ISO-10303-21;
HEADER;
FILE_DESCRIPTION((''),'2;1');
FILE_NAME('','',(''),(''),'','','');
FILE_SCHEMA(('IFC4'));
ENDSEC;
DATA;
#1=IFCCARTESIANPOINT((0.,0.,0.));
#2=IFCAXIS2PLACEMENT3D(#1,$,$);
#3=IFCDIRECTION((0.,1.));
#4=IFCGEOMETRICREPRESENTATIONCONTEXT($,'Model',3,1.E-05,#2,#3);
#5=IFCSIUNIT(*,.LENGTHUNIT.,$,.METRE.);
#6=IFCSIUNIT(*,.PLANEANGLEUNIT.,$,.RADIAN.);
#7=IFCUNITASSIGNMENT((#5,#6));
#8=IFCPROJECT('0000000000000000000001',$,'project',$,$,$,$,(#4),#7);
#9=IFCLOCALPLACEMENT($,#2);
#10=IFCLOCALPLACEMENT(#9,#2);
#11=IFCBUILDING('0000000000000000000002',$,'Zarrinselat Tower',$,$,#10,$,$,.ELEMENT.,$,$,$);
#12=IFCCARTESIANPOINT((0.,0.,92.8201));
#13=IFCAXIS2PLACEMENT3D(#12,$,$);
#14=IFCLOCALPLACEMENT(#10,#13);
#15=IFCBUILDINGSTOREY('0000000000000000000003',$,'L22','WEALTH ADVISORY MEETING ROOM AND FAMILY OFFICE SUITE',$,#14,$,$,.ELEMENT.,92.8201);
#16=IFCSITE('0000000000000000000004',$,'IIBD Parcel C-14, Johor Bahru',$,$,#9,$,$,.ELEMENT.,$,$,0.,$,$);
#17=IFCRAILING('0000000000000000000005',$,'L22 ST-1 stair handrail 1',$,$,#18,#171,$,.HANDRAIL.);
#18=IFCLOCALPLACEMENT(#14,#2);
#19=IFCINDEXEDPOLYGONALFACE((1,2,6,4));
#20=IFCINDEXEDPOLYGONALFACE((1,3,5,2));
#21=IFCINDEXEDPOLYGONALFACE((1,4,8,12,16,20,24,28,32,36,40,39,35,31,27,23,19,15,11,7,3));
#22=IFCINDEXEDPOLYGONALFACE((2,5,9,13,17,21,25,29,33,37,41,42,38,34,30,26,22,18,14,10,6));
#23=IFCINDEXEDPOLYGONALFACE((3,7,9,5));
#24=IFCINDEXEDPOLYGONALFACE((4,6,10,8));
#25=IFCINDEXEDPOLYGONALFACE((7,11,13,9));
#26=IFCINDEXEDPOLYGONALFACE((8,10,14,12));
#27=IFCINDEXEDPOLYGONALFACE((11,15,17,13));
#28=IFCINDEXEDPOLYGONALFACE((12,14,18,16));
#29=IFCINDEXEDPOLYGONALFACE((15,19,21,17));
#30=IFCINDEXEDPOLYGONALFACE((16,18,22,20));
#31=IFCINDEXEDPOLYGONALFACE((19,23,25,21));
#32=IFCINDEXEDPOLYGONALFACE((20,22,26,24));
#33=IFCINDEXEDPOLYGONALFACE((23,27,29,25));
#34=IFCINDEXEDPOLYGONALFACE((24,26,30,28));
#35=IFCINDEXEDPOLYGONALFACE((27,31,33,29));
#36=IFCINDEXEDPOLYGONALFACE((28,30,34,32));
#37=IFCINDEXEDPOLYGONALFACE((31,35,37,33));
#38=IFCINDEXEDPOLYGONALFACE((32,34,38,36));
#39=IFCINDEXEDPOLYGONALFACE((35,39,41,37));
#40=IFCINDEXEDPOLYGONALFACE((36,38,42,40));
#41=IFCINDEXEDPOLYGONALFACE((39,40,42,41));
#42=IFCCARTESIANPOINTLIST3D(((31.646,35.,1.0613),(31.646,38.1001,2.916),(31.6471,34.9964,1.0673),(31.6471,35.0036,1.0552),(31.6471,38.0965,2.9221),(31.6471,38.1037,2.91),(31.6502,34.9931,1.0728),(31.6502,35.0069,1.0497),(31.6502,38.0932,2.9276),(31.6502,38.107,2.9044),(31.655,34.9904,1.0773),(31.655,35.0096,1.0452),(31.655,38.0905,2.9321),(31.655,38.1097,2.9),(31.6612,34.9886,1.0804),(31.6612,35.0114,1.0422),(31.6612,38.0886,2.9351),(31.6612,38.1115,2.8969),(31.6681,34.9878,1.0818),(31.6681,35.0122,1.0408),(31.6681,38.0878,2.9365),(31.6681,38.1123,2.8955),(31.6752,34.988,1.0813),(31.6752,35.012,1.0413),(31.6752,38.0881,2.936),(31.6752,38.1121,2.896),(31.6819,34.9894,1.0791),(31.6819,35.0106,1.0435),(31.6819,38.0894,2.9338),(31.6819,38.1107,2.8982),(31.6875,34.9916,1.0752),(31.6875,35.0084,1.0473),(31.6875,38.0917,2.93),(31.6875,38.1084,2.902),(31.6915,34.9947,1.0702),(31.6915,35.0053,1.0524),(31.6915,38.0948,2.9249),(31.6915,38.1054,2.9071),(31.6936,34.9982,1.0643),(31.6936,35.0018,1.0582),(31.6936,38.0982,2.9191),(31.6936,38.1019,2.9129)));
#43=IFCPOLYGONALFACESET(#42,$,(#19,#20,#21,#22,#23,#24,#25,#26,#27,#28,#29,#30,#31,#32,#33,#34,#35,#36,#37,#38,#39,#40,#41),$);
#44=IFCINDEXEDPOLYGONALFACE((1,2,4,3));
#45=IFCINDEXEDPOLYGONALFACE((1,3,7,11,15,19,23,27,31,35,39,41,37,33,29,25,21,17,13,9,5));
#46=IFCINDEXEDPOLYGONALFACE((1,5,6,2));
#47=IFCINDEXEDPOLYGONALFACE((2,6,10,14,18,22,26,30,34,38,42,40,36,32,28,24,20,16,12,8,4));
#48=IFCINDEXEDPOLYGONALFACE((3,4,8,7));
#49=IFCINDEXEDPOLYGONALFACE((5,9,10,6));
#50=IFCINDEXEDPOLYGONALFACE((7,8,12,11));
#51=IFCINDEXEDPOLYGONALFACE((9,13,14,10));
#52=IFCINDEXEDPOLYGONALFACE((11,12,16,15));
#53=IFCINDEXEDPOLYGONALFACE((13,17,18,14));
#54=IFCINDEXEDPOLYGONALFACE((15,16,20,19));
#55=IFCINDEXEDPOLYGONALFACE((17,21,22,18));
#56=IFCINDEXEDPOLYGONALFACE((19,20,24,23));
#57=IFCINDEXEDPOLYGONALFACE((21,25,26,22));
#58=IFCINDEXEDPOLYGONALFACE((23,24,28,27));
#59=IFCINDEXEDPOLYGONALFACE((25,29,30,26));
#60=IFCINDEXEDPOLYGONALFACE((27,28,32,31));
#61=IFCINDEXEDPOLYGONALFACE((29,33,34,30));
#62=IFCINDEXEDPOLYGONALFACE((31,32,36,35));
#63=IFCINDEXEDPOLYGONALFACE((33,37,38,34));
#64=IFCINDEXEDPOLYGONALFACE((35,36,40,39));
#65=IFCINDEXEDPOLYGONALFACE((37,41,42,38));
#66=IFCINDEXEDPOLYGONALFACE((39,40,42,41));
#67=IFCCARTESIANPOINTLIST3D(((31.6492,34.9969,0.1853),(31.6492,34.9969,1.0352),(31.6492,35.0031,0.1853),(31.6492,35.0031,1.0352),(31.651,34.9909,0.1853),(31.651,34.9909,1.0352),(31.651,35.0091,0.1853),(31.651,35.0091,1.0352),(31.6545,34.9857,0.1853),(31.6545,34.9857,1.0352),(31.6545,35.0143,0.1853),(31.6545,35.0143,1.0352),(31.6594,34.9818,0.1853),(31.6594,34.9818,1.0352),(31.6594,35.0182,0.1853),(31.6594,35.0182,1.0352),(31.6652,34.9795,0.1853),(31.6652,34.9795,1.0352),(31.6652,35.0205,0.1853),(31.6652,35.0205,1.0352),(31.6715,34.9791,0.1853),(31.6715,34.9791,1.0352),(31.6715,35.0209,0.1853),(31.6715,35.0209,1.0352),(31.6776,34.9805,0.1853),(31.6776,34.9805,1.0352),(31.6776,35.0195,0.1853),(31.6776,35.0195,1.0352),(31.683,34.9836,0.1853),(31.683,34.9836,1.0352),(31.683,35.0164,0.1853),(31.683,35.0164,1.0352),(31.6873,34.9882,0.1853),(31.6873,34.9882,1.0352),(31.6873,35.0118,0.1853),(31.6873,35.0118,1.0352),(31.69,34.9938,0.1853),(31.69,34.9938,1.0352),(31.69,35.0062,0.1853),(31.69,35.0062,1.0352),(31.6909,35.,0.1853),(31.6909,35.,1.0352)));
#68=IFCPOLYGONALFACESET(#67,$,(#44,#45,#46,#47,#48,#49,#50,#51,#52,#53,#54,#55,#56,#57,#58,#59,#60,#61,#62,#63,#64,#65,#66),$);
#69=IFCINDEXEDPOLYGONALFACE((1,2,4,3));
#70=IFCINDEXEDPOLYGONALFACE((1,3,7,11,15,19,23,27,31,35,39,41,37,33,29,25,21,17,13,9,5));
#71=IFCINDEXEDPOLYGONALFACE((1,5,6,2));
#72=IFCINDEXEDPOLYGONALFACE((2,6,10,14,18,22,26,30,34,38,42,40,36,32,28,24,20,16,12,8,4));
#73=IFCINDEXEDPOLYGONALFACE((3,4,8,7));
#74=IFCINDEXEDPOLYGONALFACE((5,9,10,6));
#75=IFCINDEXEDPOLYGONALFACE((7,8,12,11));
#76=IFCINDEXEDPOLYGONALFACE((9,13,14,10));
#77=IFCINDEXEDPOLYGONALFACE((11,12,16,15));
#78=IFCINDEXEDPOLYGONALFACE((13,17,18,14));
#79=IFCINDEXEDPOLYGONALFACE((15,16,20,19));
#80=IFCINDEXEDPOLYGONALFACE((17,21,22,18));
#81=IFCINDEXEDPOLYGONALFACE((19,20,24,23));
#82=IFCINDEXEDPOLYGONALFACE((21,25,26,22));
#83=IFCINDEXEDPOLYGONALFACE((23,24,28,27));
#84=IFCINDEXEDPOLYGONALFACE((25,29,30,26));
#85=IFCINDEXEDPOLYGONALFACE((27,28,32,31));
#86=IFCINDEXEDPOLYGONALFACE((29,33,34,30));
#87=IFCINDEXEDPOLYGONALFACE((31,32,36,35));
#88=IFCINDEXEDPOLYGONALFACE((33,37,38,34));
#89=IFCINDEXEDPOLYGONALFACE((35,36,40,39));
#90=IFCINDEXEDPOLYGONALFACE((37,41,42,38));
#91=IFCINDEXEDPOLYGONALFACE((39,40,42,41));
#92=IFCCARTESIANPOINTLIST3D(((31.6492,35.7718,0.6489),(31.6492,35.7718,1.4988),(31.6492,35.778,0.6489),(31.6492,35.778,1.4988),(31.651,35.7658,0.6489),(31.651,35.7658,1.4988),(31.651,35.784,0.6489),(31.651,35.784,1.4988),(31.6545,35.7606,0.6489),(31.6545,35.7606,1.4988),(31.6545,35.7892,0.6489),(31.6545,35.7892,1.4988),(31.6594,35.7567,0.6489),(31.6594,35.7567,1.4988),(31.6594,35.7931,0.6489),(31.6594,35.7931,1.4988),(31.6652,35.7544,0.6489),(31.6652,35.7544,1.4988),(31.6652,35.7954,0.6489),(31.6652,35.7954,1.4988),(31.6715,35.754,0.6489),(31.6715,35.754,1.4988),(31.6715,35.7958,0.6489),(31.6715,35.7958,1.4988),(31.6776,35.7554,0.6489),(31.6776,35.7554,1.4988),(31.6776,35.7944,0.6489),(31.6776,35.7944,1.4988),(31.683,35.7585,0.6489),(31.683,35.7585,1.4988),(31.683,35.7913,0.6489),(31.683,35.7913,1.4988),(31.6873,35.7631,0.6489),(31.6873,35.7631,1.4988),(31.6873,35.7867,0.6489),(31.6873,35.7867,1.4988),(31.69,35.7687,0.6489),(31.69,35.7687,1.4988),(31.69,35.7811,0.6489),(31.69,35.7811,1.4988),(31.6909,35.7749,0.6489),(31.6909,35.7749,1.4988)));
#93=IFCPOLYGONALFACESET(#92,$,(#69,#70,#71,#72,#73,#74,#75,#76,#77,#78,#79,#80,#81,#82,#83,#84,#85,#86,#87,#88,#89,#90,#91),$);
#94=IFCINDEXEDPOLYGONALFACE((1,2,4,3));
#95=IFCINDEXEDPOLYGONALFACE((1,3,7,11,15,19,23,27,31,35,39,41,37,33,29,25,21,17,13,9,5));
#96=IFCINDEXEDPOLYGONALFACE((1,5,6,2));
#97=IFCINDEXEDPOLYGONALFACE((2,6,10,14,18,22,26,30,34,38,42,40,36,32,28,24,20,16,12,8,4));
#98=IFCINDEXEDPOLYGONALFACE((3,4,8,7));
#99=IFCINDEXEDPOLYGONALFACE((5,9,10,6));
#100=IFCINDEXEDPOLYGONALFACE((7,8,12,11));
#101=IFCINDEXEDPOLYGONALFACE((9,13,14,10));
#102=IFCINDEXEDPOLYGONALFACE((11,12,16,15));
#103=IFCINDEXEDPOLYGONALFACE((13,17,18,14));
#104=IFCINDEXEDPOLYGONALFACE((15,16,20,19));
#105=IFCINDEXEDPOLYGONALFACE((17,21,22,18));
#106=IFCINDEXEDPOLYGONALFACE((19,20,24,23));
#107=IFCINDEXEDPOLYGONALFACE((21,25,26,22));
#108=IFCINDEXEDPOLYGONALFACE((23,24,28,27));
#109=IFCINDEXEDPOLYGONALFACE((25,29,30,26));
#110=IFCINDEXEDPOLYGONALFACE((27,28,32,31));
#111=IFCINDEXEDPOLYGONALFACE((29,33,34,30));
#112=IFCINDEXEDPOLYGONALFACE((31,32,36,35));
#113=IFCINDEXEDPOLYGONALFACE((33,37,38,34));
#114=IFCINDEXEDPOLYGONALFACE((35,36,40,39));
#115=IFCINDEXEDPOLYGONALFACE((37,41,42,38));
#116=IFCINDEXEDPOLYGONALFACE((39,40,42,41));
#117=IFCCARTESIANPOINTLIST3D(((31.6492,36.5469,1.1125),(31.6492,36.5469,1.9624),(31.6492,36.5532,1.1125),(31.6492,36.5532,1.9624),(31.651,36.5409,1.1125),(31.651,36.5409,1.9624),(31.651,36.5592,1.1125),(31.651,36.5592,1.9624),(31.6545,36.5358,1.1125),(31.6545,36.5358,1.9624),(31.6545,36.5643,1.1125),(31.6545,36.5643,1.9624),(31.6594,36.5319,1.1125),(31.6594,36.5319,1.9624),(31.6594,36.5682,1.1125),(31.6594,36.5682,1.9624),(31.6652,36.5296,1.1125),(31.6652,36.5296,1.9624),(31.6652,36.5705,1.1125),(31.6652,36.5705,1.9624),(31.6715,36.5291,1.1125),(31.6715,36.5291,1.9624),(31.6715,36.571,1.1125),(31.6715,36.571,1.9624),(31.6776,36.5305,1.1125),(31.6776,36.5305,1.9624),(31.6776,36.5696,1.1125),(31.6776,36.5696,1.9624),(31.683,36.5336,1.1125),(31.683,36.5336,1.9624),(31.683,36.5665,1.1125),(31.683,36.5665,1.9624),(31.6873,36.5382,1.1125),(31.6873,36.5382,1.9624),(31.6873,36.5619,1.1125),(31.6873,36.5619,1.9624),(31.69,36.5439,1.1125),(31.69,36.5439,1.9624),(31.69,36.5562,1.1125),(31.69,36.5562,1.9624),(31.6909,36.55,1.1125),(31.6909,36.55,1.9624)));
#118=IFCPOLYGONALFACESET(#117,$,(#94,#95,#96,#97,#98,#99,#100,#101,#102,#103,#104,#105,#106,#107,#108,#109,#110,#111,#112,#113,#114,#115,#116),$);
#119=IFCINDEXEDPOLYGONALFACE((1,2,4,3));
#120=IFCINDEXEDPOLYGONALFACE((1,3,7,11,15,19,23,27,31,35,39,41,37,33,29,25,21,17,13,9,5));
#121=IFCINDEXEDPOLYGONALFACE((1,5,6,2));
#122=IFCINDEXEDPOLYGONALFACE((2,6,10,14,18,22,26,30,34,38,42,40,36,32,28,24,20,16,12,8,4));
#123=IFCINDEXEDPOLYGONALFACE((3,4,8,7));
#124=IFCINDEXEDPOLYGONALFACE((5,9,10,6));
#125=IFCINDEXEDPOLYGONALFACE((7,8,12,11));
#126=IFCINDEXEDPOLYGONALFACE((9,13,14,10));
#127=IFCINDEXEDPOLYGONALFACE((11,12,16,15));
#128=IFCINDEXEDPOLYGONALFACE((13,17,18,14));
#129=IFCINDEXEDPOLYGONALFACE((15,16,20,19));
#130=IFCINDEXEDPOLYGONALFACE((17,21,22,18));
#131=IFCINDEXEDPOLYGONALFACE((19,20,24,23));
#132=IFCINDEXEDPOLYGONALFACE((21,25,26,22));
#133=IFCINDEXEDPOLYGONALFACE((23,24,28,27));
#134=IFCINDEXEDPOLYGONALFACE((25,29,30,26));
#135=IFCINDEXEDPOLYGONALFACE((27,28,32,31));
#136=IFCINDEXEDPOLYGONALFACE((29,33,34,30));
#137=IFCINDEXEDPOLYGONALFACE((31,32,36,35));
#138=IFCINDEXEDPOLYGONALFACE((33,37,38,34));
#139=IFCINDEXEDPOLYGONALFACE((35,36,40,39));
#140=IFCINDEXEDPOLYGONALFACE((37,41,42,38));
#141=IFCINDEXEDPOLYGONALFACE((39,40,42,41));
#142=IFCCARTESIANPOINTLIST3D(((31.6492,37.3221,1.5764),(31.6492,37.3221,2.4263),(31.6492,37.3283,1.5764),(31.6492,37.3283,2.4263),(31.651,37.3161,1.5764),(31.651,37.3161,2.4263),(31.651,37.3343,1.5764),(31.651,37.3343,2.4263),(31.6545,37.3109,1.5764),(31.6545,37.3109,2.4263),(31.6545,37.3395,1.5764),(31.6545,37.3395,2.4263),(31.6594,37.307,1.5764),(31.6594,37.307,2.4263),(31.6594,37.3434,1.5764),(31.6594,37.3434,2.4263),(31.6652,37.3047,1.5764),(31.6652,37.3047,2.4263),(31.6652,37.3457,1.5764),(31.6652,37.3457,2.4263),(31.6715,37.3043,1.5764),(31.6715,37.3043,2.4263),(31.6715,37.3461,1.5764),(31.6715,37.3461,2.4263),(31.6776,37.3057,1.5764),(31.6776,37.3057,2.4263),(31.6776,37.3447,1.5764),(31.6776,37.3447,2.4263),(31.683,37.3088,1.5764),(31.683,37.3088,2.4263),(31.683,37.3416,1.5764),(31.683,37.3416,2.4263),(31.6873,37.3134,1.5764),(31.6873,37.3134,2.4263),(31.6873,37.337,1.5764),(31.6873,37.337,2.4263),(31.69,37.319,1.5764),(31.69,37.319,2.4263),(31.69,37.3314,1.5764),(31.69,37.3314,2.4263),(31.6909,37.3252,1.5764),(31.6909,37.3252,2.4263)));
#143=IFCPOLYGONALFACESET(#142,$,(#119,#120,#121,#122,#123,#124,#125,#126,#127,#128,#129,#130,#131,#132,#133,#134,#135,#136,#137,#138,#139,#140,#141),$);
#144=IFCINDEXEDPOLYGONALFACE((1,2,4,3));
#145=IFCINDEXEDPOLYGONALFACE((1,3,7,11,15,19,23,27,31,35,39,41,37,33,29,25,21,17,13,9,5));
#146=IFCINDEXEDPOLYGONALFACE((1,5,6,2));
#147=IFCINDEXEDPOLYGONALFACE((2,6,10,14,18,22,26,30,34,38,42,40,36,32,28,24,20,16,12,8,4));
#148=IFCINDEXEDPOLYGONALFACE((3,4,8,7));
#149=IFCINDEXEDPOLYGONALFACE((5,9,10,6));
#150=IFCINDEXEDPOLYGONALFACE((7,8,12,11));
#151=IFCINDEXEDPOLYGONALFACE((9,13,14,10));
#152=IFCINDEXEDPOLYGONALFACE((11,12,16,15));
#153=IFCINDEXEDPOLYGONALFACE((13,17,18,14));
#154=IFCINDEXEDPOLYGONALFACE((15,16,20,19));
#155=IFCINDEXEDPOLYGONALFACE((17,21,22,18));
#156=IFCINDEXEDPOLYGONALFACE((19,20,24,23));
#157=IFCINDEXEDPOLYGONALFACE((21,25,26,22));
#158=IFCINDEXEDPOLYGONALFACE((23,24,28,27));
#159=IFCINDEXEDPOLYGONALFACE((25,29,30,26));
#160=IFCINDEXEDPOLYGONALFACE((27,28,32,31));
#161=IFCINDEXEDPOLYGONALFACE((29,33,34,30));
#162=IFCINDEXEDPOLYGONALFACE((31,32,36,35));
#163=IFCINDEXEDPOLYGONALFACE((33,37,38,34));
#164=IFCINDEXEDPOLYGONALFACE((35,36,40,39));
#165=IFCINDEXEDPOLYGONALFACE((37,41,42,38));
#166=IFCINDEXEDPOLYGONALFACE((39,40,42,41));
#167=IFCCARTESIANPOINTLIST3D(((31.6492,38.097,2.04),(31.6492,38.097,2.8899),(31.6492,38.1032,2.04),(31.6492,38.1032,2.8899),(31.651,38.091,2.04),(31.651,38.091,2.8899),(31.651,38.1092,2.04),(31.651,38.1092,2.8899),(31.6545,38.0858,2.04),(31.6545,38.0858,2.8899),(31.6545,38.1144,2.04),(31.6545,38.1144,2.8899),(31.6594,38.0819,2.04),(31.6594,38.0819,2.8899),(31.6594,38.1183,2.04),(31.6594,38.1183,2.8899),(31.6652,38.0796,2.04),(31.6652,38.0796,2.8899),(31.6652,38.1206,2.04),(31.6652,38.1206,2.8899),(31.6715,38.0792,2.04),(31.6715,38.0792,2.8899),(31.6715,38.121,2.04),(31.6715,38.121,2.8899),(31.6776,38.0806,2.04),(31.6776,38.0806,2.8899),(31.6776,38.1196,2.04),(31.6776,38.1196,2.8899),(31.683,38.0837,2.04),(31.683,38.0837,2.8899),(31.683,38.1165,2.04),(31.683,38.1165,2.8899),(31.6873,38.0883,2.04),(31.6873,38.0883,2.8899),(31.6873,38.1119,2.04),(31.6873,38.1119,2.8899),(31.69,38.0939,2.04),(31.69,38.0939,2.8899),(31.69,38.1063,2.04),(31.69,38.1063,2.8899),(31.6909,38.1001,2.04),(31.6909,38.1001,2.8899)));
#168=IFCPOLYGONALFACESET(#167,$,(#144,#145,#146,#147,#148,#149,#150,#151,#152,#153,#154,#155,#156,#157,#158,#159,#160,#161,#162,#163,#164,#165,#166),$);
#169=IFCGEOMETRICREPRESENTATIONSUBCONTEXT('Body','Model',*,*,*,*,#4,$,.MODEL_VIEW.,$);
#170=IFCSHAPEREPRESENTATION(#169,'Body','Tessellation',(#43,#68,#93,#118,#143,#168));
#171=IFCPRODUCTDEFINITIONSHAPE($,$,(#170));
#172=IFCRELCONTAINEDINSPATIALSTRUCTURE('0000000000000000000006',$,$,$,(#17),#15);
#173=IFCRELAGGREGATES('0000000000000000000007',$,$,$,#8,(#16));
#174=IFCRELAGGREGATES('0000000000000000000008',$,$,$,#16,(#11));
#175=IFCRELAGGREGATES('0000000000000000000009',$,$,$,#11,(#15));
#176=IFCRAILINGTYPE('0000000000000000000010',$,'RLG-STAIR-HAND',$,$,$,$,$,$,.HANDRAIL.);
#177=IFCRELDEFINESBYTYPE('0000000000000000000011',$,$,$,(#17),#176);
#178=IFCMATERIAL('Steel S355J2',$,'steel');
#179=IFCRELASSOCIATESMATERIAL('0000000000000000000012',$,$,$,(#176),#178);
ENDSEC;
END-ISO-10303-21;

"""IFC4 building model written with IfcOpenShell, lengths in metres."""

from ifc_helpers import new_model, si_unit, direction, frame, origin, origin_2d, place, context, subcontext, project, spatial, circle, extrude, material, type_object, element, save


model = new_model("IFC4")

# Units and contexts
model_context = context("Model", 3, precision=1e-05, world=origin(), true_north=direction((0.0, 1.0)))
body_context = subcontext(model_context, "Body", "Model", "MODEL_VIEW")
ifc_project = project(units=[si_unit("LENGTHUNIT", "METRE"), si_unit("PLANEANGLEUNIT", "RADIAN")], contexts=[model_context])

# Site, building, storey
site_placement = place(None, origin())
site = spatial("IfcSite", under=ifc_project, at=site_placement, Name="IIBD Parcel C-14, Johor Bahru", CompositionType="ELEMENT", RefElevation=0.0)
building_placement = place(site_placement, origin())
building = spatial("IfcBuilding", under=site, at=building_placement, Name="Zarrinselat Tower", CompositionType="ELEMENT")
storey_placement = place(building_placement, frame((0.0, 0.0, 92.8201)))
storey = spatial("IfcBuildingStorey", under=building, at=storey_placement, Name="L22", Description="WEALTH ADVISORY MEETING ROOM AND FAMILY OFFICE SUITE", CompositionType="ELEMENT", Elevation=92.8201)

# Railing
ifc_material_1 = material(Name="Steel S355J2", Category="steel")
railing_type_1 = type_object("IfcRailingType", Name="RLG-STAIR-HAND", PredefinedType="HANDRAIL", material=ifc_material_1)
railing_1_placement = place(storey_placement, frame((31.6699, 35.0, 0.1853)))
element("IfcRailing", 1, at=railing_1_placement, inside=storey, type_object=railing_type_1, Name="L22 ST-1 stair handrail 1", PredefinedType="HANDRAIL", context=body_context, shape_type="SweptSolid", body=[
    extrude(circle(Radius=0.0239, at=origin_2d()), frame((0.0, 0.0, 0.876), z_axis=(0.0, 0.858142, 0.513412), x_axis=(-1.0, 0.0, 0.0)), (0.0, 0.0, 1.0), 3.6125),
    extrude(circle(Radius=0.021, at=origin_2d()), origin(), (0.0, 0.0, 1.0), 0.8499),
    extrude(circle(Radius=0.021, at=origin_2d()), frame((0.0, 0.7749, 0.4636)), (0.0, 0.0, 1.0), 0.8499),
    extrude(circle(Radius=0.021, at=origin_2d()), frame((0.0, 1.55, 0.9272)), (0.0, 0.0, 1.0), 0.8499),
    extrude(circle(Radius=0.021, at=origin_2d()), frame((0.0, 2.3252, 1.3911)), (0.0, 0.0, 1.0), 0.8499),
    extrude(circle(Radius=0.021, at=origin_2d()), frame((0.0, 3.1001, 1.8547)), (0.0, 0.0, 1.0), 0.8499),
])

save(model, "model.ifc")
